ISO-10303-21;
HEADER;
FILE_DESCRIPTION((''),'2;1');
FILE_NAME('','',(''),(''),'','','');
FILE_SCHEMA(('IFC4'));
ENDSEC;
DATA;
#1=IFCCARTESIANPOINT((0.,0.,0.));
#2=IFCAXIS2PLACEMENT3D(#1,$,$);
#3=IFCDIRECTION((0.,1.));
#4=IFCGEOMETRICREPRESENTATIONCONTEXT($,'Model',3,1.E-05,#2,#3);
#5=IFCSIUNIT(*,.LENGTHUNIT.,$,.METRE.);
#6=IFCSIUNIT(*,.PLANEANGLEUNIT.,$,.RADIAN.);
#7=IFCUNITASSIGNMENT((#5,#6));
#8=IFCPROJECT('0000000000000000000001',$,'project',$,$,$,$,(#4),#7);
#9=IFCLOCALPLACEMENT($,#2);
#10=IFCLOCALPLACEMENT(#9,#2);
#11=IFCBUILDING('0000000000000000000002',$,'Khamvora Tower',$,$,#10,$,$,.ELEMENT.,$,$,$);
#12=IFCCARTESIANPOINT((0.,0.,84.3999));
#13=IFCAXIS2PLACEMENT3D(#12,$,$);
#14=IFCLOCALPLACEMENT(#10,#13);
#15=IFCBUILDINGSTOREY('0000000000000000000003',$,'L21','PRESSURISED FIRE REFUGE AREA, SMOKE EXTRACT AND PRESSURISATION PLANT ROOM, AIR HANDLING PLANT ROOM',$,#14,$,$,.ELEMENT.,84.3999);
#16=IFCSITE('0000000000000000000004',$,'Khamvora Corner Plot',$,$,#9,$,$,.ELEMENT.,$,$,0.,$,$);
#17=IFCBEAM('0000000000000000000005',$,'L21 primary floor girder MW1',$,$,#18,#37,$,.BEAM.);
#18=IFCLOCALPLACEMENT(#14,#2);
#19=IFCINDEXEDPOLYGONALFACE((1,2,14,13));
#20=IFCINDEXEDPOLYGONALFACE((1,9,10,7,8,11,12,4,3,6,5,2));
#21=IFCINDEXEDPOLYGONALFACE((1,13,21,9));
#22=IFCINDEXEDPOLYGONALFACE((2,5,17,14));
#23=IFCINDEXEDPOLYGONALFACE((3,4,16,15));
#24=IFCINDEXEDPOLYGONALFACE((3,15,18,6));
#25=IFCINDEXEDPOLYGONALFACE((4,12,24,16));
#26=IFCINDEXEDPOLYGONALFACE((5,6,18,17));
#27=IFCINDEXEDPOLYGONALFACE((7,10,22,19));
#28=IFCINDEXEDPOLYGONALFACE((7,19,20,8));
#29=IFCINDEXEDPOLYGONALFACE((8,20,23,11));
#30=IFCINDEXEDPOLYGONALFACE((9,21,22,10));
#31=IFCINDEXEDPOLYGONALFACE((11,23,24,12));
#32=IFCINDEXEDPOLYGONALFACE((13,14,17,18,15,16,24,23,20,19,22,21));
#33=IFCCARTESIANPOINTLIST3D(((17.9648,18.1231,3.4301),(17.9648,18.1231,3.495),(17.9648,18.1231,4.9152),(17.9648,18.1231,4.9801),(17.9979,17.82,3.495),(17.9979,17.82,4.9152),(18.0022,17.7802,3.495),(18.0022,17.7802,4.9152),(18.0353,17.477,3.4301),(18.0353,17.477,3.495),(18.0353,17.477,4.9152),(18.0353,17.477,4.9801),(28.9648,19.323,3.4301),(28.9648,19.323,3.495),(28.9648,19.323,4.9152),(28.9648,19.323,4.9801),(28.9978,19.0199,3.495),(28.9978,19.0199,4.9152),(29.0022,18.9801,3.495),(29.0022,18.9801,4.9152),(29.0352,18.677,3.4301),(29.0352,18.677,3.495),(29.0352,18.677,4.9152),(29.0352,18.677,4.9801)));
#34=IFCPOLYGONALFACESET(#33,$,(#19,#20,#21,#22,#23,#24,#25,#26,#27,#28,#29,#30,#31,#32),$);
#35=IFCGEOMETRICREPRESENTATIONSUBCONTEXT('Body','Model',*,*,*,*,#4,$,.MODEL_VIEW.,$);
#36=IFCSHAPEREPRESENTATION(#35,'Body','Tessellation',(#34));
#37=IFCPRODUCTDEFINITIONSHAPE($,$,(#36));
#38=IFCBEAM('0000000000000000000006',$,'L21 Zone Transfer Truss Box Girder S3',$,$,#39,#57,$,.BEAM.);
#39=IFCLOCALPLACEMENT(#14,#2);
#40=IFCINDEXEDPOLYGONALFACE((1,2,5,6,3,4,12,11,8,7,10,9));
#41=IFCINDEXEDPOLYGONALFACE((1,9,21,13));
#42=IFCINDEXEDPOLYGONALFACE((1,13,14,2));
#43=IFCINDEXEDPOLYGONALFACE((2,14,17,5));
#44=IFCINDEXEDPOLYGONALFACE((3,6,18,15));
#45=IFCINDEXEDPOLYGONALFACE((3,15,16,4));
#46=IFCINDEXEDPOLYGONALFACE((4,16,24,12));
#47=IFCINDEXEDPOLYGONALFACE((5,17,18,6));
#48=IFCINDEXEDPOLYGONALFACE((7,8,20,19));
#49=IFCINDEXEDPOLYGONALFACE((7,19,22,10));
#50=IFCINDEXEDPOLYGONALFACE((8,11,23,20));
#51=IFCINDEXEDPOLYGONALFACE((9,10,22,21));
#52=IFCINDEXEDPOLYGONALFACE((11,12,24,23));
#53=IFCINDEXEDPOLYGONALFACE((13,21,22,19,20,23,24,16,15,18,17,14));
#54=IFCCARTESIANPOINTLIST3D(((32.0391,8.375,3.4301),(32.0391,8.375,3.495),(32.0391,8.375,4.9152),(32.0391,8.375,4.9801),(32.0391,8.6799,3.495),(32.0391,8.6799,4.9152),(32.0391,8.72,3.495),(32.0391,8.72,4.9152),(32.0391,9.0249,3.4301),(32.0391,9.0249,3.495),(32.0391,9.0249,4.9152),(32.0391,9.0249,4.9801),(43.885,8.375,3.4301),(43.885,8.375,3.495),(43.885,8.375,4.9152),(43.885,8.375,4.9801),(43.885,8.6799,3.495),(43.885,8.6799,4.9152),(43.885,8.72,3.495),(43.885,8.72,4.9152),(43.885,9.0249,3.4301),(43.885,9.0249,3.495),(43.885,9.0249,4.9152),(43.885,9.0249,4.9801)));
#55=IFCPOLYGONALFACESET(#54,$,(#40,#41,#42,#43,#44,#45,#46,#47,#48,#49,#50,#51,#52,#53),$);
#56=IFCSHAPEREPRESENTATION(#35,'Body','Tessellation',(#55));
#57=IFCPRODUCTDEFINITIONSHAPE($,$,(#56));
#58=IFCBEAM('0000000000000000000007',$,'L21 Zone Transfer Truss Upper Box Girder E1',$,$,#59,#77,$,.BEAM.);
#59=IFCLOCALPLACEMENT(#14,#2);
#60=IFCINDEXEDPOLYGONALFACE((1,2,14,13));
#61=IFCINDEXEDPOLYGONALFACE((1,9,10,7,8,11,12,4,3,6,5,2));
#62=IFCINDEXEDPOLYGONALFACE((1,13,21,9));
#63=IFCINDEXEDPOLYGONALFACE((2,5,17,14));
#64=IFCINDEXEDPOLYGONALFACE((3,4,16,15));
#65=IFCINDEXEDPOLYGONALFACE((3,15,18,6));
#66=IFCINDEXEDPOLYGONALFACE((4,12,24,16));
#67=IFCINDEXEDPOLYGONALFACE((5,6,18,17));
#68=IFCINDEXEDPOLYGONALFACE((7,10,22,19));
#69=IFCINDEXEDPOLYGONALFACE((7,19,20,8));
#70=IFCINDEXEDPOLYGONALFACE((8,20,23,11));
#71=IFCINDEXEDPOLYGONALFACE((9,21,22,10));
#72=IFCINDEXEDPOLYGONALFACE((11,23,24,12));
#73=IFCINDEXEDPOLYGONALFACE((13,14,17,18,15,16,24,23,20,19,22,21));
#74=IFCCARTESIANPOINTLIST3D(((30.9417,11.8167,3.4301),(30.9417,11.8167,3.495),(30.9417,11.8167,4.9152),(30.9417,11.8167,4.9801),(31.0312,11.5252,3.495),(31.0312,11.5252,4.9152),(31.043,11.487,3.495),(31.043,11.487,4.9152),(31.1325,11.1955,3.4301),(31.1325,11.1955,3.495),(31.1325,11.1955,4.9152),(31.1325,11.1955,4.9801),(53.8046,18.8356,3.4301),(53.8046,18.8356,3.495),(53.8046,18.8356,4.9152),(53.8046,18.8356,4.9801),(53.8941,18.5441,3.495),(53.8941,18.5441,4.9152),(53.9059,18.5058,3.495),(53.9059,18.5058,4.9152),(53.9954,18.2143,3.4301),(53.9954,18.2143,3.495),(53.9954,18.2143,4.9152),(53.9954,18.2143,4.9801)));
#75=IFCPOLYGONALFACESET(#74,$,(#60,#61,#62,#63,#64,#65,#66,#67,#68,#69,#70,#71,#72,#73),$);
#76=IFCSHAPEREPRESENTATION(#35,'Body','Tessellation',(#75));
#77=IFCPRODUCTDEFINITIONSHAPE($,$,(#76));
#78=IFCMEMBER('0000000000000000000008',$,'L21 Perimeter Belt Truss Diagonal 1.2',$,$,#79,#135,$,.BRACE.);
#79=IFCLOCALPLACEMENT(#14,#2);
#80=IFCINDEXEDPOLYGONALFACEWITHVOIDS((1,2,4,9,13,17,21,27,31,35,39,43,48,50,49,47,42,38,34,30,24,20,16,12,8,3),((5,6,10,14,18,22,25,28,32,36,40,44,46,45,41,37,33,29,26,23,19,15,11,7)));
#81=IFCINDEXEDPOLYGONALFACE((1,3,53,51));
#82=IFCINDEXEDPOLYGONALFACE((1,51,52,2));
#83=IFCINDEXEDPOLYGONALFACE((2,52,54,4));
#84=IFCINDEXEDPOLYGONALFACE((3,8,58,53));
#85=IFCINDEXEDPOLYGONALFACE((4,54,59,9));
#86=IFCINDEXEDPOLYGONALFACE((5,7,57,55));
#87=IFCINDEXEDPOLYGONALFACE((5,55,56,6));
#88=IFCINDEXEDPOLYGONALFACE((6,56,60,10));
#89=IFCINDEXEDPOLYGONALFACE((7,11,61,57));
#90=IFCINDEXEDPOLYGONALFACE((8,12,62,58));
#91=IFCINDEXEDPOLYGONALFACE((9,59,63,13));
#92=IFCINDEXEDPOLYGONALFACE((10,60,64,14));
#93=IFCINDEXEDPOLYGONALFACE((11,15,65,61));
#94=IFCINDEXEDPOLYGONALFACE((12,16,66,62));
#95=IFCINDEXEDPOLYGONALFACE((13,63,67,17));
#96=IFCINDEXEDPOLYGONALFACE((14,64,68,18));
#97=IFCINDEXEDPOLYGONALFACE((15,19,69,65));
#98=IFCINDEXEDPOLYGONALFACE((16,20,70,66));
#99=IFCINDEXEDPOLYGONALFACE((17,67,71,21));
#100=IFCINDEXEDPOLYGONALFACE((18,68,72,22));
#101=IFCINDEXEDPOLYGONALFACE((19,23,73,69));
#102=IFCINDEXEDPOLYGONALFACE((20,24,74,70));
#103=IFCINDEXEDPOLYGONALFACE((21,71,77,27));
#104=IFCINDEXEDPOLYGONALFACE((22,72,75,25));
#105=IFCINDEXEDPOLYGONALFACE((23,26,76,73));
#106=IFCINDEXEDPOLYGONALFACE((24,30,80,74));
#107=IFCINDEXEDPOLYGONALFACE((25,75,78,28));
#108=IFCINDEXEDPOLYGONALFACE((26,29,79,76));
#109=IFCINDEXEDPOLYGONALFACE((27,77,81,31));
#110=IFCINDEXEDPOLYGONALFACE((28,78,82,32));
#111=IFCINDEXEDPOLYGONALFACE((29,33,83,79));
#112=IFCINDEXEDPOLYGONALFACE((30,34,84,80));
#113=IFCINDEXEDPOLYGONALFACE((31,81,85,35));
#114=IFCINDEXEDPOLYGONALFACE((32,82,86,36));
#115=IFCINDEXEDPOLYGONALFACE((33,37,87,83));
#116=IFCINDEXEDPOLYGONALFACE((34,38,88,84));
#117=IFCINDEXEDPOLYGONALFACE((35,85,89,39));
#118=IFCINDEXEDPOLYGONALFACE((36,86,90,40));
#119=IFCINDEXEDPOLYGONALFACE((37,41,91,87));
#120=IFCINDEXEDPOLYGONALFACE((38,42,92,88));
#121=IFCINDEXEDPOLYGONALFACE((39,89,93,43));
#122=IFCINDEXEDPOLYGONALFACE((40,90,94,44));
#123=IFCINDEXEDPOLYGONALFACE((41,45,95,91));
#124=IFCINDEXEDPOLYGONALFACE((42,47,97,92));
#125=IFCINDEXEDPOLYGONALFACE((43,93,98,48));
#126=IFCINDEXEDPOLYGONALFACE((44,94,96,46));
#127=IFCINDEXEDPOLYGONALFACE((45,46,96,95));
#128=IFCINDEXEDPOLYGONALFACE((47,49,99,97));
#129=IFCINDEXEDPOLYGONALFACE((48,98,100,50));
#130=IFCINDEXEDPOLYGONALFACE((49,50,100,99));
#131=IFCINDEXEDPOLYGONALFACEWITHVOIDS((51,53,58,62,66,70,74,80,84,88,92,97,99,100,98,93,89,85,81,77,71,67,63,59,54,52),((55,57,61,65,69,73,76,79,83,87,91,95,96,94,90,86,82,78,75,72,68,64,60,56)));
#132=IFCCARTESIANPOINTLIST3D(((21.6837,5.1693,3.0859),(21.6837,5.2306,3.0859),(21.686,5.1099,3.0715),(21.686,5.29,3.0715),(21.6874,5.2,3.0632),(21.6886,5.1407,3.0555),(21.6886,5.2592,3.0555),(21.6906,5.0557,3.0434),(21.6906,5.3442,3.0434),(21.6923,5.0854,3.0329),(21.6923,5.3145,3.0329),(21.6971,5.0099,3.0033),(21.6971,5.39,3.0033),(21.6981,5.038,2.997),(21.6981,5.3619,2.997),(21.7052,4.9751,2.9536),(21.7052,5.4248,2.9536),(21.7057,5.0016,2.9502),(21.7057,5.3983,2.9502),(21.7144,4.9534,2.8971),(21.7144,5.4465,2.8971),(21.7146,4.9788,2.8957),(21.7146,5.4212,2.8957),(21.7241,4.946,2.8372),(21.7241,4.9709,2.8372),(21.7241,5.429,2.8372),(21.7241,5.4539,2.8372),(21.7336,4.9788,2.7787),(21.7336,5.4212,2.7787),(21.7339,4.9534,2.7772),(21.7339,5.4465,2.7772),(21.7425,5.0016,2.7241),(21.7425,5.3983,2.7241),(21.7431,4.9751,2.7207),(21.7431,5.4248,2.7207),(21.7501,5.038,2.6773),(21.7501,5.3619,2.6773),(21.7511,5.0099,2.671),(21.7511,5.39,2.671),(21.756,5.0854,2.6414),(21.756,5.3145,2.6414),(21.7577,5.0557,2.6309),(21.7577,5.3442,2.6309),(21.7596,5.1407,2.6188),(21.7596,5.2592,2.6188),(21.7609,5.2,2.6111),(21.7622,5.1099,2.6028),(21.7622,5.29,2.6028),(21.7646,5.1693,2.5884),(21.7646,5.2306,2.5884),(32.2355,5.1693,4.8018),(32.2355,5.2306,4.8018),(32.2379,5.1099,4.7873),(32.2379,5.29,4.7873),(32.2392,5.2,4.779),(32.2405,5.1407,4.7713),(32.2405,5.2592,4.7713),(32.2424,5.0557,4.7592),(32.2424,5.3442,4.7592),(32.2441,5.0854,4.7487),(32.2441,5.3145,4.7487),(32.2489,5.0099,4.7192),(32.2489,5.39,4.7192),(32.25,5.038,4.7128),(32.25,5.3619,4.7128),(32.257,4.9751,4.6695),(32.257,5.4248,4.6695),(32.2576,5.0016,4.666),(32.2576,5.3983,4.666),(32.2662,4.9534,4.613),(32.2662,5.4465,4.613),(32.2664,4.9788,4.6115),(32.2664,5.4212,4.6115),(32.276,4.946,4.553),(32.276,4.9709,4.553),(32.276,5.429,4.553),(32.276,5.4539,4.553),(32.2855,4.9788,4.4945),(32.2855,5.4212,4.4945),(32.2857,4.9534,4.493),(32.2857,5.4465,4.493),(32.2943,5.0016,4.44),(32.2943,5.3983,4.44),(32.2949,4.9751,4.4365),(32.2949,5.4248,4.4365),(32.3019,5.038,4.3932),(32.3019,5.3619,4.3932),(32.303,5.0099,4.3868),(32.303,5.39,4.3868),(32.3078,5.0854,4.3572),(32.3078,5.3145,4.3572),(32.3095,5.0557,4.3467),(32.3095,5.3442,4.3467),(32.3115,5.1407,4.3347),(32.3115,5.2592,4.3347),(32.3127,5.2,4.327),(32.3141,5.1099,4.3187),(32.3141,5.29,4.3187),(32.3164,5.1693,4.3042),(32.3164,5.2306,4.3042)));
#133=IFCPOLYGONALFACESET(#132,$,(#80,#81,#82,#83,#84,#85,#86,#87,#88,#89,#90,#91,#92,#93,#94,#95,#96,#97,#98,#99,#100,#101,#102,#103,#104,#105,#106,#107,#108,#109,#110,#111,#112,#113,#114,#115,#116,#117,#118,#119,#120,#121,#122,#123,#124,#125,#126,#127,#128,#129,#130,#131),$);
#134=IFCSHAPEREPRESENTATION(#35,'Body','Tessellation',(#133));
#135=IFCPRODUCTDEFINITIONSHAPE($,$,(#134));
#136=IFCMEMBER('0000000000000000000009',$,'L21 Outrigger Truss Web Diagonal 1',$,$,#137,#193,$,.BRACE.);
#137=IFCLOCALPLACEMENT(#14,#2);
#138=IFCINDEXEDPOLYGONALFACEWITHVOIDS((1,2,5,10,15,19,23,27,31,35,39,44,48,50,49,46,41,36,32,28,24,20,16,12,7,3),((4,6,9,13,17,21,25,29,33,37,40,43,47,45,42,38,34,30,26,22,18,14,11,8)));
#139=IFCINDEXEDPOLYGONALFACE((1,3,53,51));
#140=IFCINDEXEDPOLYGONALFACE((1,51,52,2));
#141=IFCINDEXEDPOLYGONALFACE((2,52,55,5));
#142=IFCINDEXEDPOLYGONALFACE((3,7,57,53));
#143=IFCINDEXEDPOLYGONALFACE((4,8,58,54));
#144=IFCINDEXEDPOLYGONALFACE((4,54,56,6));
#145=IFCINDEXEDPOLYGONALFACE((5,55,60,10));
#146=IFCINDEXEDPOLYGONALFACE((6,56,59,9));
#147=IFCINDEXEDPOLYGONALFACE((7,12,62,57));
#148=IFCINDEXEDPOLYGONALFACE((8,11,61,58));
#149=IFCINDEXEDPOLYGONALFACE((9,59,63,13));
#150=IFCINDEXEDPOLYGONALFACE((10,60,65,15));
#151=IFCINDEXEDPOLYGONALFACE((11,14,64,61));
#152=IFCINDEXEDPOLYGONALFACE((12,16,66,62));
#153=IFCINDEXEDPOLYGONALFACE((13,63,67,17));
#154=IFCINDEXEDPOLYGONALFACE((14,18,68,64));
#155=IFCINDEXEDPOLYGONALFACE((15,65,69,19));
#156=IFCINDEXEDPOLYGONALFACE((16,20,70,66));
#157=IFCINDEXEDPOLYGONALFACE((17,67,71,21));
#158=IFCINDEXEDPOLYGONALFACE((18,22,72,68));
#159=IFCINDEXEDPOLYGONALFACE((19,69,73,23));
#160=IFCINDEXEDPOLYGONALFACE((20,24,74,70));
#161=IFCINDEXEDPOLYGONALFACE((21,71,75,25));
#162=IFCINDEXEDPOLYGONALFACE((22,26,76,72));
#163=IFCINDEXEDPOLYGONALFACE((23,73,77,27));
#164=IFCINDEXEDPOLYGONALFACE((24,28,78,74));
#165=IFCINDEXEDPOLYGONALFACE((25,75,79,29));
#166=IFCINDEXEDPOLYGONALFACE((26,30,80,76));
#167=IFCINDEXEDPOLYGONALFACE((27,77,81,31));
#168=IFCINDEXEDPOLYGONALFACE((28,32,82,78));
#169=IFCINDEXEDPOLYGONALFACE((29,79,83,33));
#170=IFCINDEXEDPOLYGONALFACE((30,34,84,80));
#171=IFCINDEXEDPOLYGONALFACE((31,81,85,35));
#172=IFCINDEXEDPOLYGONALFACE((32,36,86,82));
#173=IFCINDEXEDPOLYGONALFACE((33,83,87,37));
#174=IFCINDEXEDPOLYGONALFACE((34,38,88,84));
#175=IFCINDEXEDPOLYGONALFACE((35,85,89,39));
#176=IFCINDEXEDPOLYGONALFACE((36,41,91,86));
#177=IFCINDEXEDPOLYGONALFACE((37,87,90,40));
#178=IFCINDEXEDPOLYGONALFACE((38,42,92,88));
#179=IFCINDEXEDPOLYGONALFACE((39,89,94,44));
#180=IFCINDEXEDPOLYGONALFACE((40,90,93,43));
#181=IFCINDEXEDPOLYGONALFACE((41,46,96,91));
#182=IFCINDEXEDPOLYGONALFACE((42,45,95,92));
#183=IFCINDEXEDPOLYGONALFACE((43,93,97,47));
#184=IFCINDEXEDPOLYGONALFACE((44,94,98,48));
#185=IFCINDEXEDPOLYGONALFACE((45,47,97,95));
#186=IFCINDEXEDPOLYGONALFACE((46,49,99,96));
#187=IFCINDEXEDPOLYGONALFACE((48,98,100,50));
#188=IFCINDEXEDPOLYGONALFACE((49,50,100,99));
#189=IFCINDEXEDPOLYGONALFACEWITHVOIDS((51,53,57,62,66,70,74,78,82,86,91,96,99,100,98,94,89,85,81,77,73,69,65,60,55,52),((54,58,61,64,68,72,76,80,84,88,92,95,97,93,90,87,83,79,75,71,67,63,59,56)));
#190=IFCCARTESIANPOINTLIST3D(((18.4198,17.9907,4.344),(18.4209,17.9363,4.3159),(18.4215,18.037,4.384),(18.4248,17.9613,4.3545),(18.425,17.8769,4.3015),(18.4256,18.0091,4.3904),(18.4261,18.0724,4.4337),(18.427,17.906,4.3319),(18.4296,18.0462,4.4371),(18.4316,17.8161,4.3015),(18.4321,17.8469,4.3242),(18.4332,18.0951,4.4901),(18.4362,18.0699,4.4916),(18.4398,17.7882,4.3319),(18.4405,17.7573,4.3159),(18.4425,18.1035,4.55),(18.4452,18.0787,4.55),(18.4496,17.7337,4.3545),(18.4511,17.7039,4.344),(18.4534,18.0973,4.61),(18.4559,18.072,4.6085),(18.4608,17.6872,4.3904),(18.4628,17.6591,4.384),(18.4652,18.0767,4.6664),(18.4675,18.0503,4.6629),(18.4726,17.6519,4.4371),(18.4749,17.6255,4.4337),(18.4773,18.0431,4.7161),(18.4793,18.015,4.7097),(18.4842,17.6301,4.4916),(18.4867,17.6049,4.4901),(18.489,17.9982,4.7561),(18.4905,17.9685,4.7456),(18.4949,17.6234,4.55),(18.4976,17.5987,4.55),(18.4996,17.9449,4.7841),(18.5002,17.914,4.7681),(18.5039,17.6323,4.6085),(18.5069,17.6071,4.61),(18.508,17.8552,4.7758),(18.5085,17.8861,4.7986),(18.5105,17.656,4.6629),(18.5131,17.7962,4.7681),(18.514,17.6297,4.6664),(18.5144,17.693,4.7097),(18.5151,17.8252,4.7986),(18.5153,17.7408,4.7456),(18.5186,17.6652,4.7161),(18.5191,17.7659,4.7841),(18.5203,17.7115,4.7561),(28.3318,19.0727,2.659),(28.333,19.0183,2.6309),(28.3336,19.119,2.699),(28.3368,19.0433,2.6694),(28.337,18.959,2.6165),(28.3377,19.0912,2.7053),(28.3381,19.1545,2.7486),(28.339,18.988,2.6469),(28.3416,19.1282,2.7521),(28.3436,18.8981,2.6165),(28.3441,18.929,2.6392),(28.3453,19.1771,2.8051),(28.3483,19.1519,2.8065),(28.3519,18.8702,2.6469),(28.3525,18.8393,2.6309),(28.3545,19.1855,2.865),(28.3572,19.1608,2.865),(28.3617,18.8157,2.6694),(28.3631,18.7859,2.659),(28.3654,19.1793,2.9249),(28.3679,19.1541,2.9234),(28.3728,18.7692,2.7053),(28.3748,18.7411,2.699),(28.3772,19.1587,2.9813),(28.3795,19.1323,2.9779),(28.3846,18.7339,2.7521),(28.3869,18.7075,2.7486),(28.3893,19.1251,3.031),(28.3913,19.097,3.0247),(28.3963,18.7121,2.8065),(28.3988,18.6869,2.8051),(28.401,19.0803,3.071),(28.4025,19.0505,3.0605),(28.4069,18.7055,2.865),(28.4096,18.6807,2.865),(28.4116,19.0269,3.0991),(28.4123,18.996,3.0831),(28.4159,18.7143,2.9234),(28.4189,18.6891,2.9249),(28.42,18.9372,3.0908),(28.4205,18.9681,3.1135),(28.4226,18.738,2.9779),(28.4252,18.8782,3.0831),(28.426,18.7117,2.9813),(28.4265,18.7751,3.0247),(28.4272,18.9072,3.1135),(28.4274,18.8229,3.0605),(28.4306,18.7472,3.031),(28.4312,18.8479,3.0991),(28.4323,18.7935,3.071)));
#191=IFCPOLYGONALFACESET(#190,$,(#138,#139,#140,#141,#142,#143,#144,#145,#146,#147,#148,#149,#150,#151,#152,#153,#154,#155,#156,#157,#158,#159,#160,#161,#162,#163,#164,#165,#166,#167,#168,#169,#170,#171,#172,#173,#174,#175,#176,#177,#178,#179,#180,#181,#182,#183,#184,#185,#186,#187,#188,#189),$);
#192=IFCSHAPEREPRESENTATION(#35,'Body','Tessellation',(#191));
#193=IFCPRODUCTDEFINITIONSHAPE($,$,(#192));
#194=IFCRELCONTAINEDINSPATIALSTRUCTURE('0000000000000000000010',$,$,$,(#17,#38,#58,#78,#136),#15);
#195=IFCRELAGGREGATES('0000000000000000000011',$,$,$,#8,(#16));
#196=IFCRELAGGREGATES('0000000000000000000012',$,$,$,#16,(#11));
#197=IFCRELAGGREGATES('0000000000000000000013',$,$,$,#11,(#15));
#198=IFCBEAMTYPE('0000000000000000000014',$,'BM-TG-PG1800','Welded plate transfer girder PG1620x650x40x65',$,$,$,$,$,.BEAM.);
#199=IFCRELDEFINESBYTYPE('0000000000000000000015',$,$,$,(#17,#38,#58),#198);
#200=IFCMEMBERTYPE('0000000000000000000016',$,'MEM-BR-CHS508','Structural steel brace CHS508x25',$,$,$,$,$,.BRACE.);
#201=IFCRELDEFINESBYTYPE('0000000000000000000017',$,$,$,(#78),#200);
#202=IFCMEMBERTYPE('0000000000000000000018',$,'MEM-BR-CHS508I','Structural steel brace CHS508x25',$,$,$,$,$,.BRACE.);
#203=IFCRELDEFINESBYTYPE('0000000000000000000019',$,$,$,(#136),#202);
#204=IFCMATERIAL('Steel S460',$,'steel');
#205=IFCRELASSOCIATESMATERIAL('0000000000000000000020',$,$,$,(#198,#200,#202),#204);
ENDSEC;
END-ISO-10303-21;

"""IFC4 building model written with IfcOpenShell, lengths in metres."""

from ifc_helpers import new_model, si_unit, direction, frame, origin, origin_2d, place, context, subcontext, project, spatial, hollow_circle, i_section, extrude, material, material_profile, profile_set, type_object, element, save


model = new_model("IFC4")

# Units and contexts
model_context = context("Model", 3, precision=1e-05, world=origin(), true_north=direction((0.0, 1.0)))
body_context = subcontext(model_context, "Body", "Model", "MODEL_VIEW")
ifc_project = project(units=[si_unit("LENGTHUNIT", "METRE"), si_unit("PLANEANGLEUNIT", "RADIAN")], contexts=[model_context])

# Site, building, storey
site_placement = place(None, origin())
site = spatial("IfcSite", under=ifc_project, at=site_placement, Name="Khamvora Corner Plot", CompositionType="ELEMENT", RefElevation=0.0)
building_placement = place(site_placement, origin())
building = spatial("IfcBuilding", under=site, at=building_placement, Name="Khamvora Tower", CompositionType="ELEMENT")
storey_placement = place(building_placement, frame((0.0, 0.0, 84.3999)))
storey = spatial("IfcBuildingStorey", under=building, at=storey_placement, Name="L21", Description="PRESSURISED FIRE REFUGE AREA, SMOKE EXTRACT AND PRESSURISATION PLANT ROOM, AIR HANDLING PLANT ROOM", CompositionType="ELEMENT", Elevation=84.3999)

# Shared definitions
ifc_material_1 = material(Name="Steel S460", Category="steel")

# Beams
ifc_material_profile_1 = material_profile(ifc_material_1, i_section(OverallWidth=0.6499, OverallDepth=1.55, WebThickness=0.04, FlangeThickness=0.0649, at=origin_2d()), Name="PG1550x650x40x65")
ifc_profile_set_1 = profile_set([ifc_material_profile_1], Name="Steel S460")
beam_type_1 = type_object("IfcBeamType", Name="BM-TG-PG1800", Description="Welded plate transfer girder PG1620x650x40x65", PredefinedType="BEAM", material=ifc_profile_set_1)
beam_1_placement = place(storey_placement, frame((29.0, 19.0, 4.2051), z_axis=(-0.994103, -0.108443, 0.0), x_axis=(0.108443, -0.994103, 0.0)))
element("IfcBeam", 1, at=beam_1_placement, inside=storey, type_object=beam_type_1, Name="L21 primary floor girder MW1", PredefinedType="BEAM", context=body_context, shape_type="SweptSolid", body=[
    extrude(i_section(OverallWidth=0.6499, OverallDepth=1.55, WebThickness=0.04, FlangeThickness=0.0649, at=origin_2d()), origin(), (0.0, 0.0, 1.0), 11.0652),
])
beam_2_placement = place(storey_placement, frame((32.0391, 8.7, 4.2051), z_axis=(1.0, 0.0, 0.0), x_axis=(0.0, 1.0, 0.0)))
element("IfcBeam", 2, at=beam_2_placement, inside=storey, type_object=beam_type_1, Name="L21 Zone Transfer Truss Box Girder S3", PredefinedType="BEAM", context=body_context, shape_type="SweptSolid", body=[
    extrude(i_section(OverallWidth=0.6499, OverallDepth=1.55, WebThickness=0.04, FlangeThickness=0.0649, at=origin_2d()), origin(), (0.0, 0.0, 1.0), 11.8459),
])
beam_3_placement = place(storey_placement, frame((31.0371, 11.5061, 4.2051), z_axis=(0.955966, 0.293478, 0.0), x_axis=(-0.293478, 0.955966, 0.0)))
element("IfcBeam", 3, at=beam_3_placement, inside=storey, type_object=beam_type_1, Name="L21 Zone Transfer Truss Upper Box Girder E1", PredefinedType="BEAM", context=body_context, shape_type="SweptSolid", body=[
    extrude(i_section(OverallWidth=0.6499, OverallDepth=1.55, WebThickness=0.04, FlangeThickness=0.0649, at=origin_2d()), origin(), (0.0, 0.0, 1.0), 23.916),
])

# Members
ifc_material_profile_2 = material_profile(ifc_material_1, hollow_circle(Radius=0.2539, WallThickness=0.0249, at=origin_2d()), Name="CHS508x25")
ifc_profile_set_2 = profile_set([ifc_material_profile_2], Name="Steel S460")
member_type_1 = type_object("IfcMemberType", Name="MEM-BR-CHS508", Description="Structural steel brace CHS508x25", PredefinedType="BRACE", material=ifc_profile_set_2)
member_1_placement = place(storey_placement, frame((21.7241, 5.2, 2.8372), z_axis=(0.987036, 0.0, 0.160502), x_axis=(0.0, 1.0, 0.0)))
element("IfcMember", 4, at=member_1_placement, inside=storey, type_object=member_type_1, Name="L21 Perimeter Belt Truss Diagonal 1.2", PredefinedType="BRACE", context=body_context, shape_type="SweptSolid", body=[
    extrude(hollow_circle(Radius=0.2539, WallThickness=0.0249, at=origin_2d()), origin(), (0.0, 0.0, 1.0), 10.6904),
])
ifc_material_profile_3 = material_profile(ifc_material_1, hollow_circle(Radius=0.2539, WallThickness=0.0249, at=origin_2d()), Name="CHS508x25")
ifc_profile_set_3 = profile_set([ifc_material_profile_3], Name="Steel S460")
member_type_2 = type_object("IfcMemberType", Name="MEM-BR-CHS508I", Description="Structural steel brace CHS508x25", PredefinedType="BRACE", material=ifc_profile_set_3)
member_2_placement = place(storey_placement, frame((28.3821, 18.9331, 2.865), z_axis=(-0.980196, -0.107001, 0.166633), x_axis=(0.108518, -0.994094, 0.0)))
element("IfcMember", 5, at=member_2_placement, inside=storey, type_object=member_type_2, Name="L21 Outrigger Truss Web Diagonal 1", PredefinedType="BRACE", context=body_context, shape_type="SweptSolid", body=[
    extrude(hollow_circle(Radius=0.2539, WallThickness=0.0249, at=origin_2d()), origin(), (0.0, 0.0, 1.0), 10.1123),
])

save(model, "model.ifc")
